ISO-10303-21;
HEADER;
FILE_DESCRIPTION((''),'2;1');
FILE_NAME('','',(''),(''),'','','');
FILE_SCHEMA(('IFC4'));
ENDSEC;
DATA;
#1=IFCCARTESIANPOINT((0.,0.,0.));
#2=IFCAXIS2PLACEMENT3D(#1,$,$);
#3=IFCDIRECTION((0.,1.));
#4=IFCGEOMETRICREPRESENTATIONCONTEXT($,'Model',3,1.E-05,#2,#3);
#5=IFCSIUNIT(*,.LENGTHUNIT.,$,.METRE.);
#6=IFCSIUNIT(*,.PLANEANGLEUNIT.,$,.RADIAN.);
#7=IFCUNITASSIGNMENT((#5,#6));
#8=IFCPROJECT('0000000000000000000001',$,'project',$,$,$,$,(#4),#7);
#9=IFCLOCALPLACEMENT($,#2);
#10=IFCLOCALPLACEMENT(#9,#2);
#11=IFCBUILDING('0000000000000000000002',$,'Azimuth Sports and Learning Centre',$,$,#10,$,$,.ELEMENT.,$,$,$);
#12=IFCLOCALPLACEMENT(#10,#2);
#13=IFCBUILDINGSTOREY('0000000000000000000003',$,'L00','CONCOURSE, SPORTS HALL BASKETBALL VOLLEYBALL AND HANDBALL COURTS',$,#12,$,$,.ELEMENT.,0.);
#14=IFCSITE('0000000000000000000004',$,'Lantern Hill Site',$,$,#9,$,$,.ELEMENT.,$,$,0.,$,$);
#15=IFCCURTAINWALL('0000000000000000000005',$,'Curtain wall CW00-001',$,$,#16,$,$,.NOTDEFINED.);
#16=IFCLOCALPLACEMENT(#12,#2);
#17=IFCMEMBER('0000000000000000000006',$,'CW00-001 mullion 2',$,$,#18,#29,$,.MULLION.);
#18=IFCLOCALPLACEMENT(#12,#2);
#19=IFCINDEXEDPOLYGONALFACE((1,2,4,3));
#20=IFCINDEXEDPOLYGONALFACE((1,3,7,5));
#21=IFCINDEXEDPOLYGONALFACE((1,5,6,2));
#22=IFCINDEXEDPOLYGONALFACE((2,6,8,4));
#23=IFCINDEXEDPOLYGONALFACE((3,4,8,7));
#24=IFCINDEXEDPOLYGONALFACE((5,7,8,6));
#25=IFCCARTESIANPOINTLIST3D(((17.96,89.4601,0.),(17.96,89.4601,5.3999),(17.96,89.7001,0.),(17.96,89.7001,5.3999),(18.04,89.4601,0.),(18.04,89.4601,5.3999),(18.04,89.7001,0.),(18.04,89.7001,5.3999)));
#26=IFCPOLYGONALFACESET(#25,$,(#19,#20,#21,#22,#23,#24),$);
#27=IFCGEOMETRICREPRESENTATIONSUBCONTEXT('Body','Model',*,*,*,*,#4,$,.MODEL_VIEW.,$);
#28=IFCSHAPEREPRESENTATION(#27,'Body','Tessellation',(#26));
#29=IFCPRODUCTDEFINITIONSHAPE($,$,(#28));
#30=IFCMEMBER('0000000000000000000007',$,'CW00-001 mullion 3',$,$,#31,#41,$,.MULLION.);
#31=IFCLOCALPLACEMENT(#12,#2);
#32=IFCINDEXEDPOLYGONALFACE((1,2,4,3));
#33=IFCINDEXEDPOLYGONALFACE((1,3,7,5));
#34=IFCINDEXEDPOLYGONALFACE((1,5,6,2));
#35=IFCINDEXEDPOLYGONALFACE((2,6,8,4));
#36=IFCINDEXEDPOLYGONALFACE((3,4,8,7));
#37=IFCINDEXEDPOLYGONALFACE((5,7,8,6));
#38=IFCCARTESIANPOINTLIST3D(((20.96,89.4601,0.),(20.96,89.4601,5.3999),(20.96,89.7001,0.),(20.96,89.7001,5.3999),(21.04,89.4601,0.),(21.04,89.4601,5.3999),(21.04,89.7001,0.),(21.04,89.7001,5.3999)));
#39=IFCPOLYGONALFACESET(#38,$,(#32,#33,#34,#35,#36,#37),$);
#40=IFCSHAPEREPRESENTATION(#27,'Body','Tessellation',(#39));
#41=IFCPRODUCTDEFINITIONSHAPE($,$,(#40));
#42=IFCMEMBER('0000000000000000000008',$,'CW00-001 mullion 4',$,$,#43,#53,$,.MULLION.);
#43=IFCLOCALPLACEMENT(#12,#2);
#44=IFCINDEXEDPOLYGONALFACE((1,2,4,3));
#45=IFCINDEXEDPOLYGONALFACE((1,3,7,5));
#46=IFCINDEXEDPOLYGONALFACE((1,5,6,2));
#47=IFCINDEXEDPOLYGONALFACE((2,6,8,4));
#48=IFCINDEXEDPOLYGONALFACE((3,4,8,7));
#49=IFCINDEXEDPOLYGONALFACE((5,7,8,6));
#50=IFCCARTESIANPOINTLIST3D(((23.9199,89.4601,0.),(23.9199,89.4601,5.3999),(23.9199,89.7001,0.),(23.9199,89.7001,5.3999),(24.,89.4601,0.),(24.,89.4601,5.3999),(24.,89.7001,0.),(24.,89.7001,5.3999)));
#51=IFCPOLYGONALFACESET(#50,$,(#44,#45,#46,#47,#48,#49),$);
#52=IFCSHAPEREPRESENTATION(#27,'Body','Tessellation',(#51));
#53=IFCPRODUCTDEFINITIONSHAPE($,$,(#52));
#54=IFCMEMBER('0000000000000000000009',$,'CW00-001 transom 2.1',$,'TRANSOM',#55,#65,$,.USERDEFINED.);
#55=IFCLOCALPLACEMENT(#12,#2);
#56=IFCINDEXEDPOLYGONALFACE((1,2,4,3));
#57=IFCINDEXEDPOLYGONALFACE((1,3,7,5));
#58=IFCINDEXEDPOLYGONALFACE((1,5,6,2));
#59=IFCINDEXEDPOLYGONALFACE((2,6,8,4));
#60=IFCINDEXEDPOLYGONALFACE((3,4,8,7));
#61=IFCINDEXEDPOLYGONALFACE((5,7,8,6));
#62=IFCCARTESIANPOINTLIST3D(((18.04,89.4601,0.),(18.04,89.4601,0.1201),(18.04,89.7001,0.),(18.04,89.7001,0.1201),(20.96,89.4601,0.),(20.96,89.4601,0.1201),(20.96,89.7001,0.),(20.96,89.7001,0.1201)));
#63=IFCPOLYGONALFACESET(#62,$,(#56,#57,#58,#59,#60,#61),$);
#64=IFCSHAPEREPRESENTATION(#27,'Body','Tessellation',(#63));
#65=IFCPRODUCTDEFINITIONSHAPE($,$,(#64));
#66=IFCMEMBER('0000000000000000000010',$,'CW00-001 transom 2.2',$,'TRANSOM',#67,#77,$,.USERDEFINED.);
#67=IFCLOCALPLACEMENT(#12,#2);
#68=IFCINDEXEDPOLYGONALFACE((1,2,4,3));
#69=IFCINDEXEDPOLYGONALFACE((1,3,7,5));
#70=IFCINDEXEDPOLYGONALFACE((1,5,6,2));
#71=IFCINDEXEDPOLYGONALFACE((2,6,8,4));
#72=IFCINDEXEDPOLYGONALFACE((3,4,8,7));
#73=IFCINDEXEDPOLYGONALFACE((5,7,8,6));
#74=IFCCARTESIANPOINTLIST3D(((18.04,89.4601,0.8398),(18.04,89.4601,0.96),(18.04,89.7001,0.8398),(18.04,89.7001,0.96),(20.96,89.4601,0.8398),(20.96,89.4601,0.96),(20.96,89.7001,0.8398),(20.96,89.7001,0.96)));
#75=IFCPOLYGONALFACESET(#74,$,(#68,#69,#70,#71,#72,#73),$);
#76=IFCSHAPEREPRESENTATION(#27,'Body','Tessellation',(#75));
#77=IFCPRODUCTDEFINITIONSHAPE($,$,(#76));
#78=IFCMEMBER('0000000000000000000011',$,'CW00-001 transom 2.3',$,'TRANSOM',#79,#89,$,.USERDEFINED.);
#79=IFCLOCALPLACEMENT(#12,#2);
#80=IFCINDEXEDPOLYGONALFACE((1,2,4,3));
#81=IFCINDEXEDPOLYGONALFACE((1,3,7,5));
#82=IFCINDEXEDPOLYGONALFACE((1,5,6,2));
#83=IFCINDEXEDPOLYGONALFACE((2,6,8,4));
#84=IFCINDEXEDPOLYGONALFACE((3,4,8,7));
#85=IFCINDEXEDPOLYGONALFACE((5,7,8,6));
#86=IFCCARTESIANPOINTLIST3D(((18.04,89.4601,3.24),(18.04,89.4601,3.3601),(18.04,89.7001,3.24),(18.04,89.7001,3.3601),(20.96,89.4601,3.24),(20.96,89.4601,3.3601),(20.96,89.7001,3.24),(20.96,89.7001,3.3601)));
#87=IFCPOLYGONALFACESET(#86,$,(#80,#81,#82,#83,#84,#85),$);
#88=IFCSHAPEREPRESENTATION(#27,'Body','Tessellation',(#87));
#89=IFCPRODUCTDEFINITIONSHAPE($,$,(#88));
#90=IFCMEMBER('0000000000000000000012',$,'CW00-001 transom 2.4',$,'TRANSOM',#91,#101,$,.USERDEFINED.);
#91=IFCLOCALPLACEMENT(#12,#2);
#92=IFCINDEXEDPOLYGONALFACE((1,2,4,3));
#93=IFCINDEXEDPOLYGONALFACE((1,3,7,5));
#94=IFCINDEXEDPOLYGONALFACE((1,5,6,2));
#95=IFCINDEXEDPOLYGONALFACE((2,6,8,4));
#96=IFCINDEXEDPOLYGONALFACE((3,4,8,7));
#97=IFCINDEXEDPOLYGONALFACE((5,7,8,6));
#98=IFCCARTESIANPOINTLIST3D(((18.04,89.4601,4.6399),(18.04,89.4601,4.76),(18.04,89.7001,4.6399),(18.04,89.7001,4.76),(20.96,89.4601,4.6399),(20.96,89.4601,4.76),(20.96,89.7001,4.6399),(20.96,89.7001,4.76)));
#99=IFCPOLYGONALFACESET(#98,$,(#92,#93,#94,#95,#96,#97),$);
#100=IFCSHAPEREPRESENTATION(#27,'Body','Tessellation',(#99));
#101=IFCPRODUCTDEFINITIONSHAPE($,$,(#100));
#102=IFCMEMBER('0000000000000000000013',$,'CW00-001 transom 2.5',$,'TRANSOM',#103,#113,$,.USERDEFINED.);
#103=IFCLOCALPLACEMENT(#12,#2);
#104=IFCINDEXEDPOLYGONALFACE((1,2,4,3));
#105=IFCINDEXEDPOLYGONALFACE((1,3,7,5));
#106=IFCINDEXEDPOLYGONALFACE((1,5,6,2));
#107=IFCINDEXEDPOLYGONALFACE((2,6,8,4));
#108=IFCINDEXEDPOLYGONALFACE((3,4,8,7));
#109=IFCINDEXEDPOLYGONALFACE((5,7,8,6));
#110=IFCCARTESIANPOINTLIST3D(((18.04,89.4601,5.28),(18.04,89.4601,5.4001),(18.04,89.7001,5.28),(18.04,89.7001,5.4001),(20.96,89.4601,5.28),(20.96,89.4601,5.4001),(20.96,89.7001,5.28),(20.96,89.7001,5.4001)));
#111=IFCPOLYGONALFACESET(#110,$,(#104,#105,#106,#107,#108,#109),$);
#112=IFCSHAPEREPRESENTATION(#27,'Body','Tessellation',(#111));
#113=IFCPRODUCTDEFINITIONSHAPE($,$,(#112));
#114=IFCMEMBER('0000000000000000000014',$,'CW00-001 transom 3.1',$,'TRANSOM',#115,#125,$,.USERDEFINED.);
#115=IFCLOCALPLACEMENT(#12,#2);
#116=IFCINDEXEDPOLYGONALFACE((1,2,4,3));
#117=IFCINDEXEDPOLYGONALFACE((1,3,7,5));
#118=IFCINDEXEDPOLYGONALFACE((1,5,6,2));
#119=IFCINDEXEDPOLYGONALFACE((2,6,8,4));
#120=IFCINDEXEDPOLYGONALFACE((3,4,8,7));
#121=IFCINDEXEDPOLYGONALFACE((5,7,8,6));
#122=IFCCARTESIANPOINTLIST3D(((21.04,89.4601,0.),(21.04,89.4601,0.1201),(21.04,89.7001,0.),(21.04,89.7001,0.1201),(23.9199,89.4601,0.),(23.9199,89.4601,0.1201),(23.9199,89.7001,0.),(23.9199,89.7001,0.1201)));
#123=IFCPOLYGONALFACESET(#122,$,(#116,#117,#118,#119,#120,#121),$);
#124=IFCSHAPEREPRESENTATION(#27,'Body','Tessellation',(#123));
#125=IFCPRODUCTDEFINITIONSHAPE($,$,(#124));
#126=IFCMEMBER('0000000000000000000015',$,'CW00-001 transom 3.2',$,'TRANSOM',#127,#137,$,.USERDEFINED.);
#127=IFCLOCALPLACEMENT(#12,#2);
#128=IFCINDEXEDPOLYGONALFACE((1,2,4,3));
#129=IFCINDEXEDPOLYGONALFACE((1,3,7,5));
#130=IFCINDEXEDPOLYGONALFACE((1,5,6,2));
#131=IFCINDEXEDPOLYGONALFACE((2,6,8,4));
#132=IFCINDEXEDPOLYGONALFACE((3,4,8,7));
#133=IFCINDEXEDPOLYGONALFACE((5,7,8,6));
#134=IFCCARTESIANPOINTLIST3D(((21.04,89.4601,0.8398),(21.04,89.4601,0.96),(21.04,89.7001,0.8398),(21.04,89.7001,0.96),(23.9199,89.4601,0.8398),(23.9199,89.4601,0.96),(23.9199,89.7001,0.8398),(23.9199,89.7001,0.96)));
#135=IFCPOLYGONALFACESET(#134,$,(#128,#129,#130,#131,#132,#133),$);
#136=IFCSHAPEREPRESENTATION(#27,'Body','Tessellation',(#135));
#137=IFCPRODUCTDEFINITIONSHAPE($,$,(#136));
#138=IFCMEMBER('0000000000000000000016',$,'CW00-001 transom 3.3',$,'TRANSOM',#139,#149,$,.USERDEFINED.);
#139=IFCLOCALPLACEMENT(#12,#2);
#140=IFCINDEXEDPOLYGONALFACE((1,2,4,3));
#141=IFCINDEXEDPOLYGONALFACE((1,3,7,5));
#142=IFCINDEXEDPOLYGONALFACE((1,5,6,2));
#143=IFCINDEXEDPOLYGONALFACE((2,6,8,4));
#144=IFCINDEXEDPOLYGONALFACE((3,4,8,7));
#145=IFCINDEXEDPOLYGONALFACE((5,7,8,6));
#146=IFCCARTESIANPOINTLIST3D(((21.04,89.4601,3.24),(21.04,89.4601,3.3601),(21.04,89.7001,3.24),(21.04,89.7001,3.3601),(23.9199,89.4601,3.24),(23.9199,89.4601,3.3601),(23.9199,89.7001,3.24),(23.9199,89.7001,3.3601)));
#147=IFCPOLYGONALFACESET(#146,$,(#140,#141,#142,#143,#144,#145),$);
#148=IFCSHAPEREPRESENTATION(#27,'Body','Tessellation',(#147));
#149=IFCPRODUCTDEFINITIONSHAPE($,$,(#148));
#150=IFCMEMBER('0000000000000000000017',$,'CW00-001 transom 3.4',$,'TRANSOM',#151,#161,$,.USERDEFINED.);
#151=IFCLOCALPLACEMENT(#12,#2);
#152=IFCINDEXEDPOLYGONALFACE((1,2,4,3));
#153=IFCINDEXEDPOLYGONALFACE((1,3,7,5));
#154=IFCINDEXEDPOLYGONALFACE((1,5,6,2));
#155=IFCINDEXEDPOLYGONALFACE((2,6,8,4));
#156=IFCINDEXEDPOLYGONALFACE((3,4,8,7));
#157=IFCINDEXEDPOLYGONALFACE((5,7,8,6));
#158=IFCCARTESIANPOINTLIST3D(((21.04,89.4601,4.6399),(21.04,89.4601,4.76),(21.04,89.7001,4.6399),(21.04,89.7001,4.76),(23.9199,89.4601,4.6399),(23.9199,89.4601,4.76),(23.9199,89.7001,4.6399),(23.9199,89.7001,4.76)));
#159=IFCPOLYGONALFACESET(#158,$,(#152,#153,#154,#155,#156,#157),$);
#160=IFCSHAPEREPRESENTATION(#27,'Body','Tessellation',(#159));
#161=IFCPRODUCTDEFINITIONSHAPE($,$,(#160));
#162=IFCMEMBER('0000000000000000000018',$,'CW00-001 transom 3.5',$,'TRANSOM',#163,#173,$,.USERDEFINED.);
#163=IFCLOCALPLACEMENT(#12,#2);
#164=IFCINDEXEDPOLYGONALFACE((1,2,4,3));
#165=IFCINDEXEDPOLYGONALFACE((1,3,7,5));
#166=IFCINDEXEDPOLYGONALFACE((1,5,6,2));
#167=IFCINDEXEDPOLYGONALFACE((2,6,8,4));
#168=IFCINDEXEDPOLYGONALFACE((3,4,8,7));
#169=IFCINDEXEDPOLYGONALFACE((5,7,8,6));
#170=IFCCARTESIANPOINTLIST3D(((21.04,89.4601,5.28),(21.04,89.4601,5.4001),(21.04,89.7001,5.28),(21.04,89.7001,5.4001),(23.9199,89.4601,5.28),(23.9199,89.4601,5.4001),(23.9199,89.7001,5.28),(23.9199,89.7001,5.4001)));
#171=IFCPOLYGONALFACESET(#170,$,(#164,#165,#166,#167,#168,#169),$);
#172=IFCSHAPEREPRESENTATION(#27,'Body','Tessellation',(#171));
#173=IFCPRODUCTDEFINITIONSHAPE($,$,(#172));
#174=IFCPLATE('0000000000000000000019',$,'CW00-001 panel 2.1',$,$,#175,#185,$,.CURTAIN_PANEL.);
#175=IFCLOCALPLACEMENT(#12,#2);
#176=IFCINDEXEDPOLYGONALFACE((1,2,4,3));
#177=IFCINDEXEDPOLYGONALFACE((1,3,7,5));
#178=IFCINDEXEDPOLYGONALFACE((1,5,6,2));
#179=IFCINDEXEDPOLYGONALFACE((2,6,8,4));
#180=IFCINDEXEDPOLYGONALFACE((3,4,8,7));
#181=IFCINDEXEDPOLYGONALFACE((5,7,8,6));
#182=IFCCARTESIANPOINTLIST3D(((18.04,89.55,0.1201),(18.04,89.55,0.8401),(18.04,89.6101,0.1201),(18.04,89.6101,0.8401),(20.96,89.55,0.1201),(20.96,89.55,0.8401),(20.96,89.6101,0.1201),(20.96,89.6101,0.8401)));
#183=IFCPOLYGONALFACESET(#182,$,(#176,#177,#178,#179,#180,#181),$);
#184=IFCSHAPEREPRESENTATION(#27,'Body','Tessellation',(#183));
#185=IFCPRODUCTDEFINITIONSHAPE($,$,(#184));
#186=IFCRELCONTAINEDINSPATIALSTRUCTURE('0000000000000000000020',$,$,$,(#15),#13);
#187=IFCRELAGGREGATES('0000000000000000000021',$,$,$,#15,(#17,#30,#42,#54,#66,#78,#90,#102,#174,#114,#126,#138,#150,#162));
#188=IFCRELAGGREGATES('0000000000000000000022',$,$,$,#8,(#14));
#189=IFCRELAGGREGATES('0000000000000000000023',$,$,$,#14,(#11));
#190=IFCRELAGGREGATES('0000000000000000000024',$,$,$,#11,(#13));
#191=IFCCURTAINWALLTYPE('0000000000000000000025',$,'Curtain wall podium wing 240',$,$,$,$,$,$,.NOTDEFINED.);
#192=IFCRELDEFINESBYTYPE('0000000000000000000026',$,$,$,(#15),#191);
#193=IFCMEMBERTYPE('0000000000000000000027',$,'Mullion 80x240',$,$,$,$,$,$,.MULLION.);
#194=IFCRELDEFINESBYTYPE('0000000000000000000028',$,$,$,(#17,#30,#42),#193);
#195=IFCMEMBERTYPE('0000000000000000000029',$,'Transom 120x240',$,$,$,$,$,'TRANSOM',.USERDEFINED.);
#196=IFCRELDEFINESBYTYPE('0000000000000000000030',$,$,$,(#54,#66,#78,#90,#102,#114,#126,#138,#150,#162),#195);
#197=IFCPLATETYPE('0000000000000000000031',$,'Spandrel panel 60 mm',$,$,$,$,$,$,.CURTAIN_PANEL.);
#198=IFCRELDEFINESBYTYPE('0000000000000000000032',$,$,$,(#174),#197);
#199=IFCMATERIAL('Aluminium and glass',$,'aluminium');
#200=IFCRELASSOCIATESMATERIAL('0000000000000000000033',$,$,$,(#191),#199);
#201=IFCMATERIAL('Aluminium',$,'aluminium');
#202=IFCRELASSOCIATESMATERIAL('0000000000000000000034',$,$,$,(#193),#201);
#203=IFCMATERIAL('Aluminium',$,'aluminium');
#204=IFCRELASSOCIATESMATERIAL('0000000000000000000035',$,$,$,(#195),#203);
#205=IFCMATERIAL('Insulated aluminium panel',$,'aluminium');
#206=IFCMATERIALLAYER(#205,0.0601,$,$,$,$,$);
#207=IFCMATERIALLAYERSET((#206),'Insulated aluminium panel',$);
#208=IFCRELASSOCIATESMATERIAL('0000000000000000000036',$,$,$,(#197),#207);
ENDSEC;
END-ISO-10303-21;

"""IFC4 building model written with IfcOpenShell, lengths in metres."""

from ifc_helpers import new_model, si_unit, direction, frame, origin, origin_2d, place, context, subcontext, project, spatial, rectangle, extrude, material, layer, layer_set, material_profile, profile_set, type_object, element, aggregate, save


model = new_model("IFC4")

# Units and contexts
model_context = context("Model", 3, precision=1e-05, world=origin(), true_north=direction((0.0, 1.0)))
body_context = subcontext(model_context, "Body", "Model", "MODEL_VIEW")
ifc_project = project(units=[si_unit("LENGTHUNIT", "METRE"), si_unit("PLANEANGLEUNIT", "RADIAN")], contexts=[model_context])

# Site, building, storey
site_placement = place(None, origin())
site = spatial("IfcSite", under=ifc_project, at=site_placement, Name="Lantern Hill Site", CompositionType="ELEMENT", RefElevation=0.0)
building_placement = place(site_placement, origin())
building = spatial("IfcBuilding", under=site, at=building_placement, Name="Azimuth Sports and Learning Centre", CompositionType="ELEMENT")
storey_placement = place(building_placement, origin())
storey = spatial("IfcBuildingStorey", under=building, at=storey_placement, Name="L00", Description="CONCOURSE, SPORTS HALL BASKETBALL VOLLEYBALL AND HANDBALL COURTS", CompositionType="ELEMENT", Elevation=0.0)

# Curtain wall, members, plate
ifc_material_1 = material(Name="Aluminium and glass", Category="aluminium")
curtain_wall_type = type_object("IfcCurtainWallType", Name="Curtain wall podium wing 240", PredefinedType="NOTDEFINED", material=ifc_material_1)
curtain_wall_placement = place(storey_placement, origin())
curtain_wall = element("IfcCurtainWall", 1, at=curtain_wall_placement, inside=storey, type_object=curtain_wall_type, Name="Curtain wall CW00-001", PredefinedType="NOTDEFINED")
ifc_material_2 = material(Name="Aluminium", Category="aluminium")
ifc_material_profile_1 = material_profile(ifc_material_2, rectangle(XDim=0.24, YDim=0.0801, at=origin_2d()), Name="Mullion 80x240")
ifc_profile_set_1 = profile_set([ifc_material_profile_1], Name="Aluminium")
member_type_1 = type_object("IfcMemberType", Name="Mullion 80x240", PredefinedType="MULLION", material=ifc_profile_set_1)
member_1_placement = place(storey_placement, frame((18.0, 89.5801, 0.0), z_axis=(0.0, 0.0, 1.0), x_axis=(0.0, 1.0, 0.0)))
member_1 = element("IfcMember", 2, at=member_1_placement, type_object=member_type_1, Name="CW00-001 mullion 2", PredefinedType="MULLION", context=body_context, shape_type="SweptSolid", body=[
    extrude(rectangle(XDim=0.24, YDim=0.0801, at=origin_2d()), origin(), (0.0, 0.0, 1.0), 5.3999),
])
member_2_placement = place(storey_placement, frame((21.0, 89.5801, 0.0), z_axis=(0.0, 0.0, 1.0), x_axis=(0.0, 1.0, 0.0)))
member_2 = element("IfcMember", 3, at=member_2_placement, type_object=member_type_1, Name="CW00-001 mullion 3", PredefinedType="MULLION", context=body_context, shape_type="SweptSolid", body=[
    extrude(rectangle(XDim=0.24, YDim=0.0801, at=origin_2d()), origin(), (0.0, 0.0, 1.0), 5.3999),
])
member_3_placement = place(storey_placement, frame((23.96, 89.5801, 0.0), z_axis=(0.0, 0.0, 1.0), x_axis=(0.0, 1.0, 0.0)))
member_3 = element("IfcMember", 4, at=member_3_placement, type_object=member_type_1, Name="CW00-001 mullion 4", PredefinedType="MULLION", context=body_context, shape_type="SweptSolid", body=[
    extrude(rectangle(XDim=0.24, YDim=0.0801, at=origin_2d()), origin(), (0.0, 0.0, 1.0), 5.3999),
])
ifc_material_3 = material(Name="Aluminium", Category="aluminium")
ifc_material_profile_2 = material_profile(ifc_material_3, rectangle(XDim=0.24, YDim=0.1201, at=origin_2d()), Name="Transom 120x240")
ifc_profile_set_2 = profile_set([ifc_material_profile_2], Name="Aluminium")
member_type_2 = type_object("IfcMemberType", Name="Transom 120x240", ElementType="TRANSOM", PredefinedType="USERDEFINED", material=ifc_profile_set_2)
member_4_placement = place(storey_placement, frame((18.04, 89.5801, 0.0601), z_axis=(1.0, 0.0, 0.0), x_axis=(0.0, 1.0, 0.0)))
member_4 = element("IfcMember", 5, at=member_4_placement, type_object=member_type_2, Name="CW00-001 transom 2.1", ObjectType="TRANSOM", PredefinedType="USERDEFINED", context=body_context, shape_type="SweptSolid", body=[
    extrude(rectangle(XDim=0.24, YDim=0.1201, at=origin_2d()), origin(), (0.0, 0.0, 1.0), 2.9199),
])
member_5_placement = place(storey_placement, frame((18.04, 89.5801, 0.8999), z_axis=(1.0, 0.0, 0.0), x_axis=(0.0, 1.0, 0.0)))
member_5 = element("IfcMember", 6, at=member_5_placement, type_object=member_type_2, Name="CW00-001 transom 2.2", ObjectType="TRANSOM", PredefinedType="USERDEFINED", context=body_context, shape_type="SweptSolid", body=[
    extrude(rectangle(XDim=0.24, YDim=0.1201, at=origin_2d()), origin(), (0.0, 0.0, 1.0), 2.9199),
])
member_6_placement = place(storey_placement, frame((18.04, 89.5801, 3.3), z_axis=(1.0, 0.0, 0.0), x_axis=(0.0, 1.0, 0.0)))
member_6 = element("IfcMember", 7, at=member_6_placement, type_object=member_type_2, Name="CW00-001 transom 2.3", ObjectType="TRANSOM", PredefinedType="USERDEFINED", context=body_context, shape_type="SweptSolid", body=[
    extrude(rectangle(XDim=0.24, YDim=0.1201, at=origin_2d()), origin(), (0.0, 0.0, 1.0), 2.9199),
])
member_7_placement = place(storey_placement, frame((18.04, 89.5801, 4.7), z_axis=(1.0, 0.0, 0.0), x_axis=(0.0, 1.0, 0.0)))
member_7 = element("IfcMember", 8, at=member_7_placement, type_object=member_type_2, Name="CW00-001 transom 2.4", ObjectType="TRANSOM", PredefinedType="USERDEFINED", context=body_context, shape_type="SweptSolid", body=[
    extrude(rectangle(XDim=0.24, YDim=0.1201, at=origin_2d()), origin(), (0.0, 0.0, 1.0), 2.9199),
])
member_8_placement = place(storey_placement, frame((18.04, 89.5801, 5.3401), z_axis=(1.0, 0.0, 0.0), x_axis=(0.0, 1.0, 0.0)))
member_8 = element("IfcMember", 9, at=member_8_placement, type_object=member_type_2, Name="CW00-001 transom 2.5", ObjectType="TRANSOM", PredefinedType="USERDEFINED", context=body_context, shape_type="SweptSolid", body=[
    extrude(rectangle(XDim=0.24, YDim=0.1201, at=origin_2d()), origin(), (0.0, 0.0, 1.0), 2.9199),
])
member_9_placement = place(storey_placement, frame((21.04, 89.5801, 0.0601), z_axis=(1.0, 0.0, 0.0), x_axis=(0.0, 1.0, 0.0)))
member_9 = element("IfcMember", 10, at=member_9_placement, type_object=member_type_2, Name="CW00-001 transom 3.1", ObjectType="TRANSOM", PredefinedType="USERDEFINED", context=body_context, shape_type="SweptSolid", body=[
    extrude(rectangle(XDim=0.24, YDim=0.1201, at=origin_2d()), origin(), (0.0, 0.0, 1.0), 2.8799),
])
member_10_placement = place(storey_placement, frame((21.04, 89.5801, 0.8999), z_axis=(1.0, 0.0, 0.0), x_axis=(0.0, 1.0, 0.0)))
member_10 = element("IfcMember", 11, at=member_10_placement, type_object=member_type_2, Name="CW00-001 transom 3.2", ObjectType="TRANSOM", PredefinedType="USERDEFINED", context=body_context, shape_type="SweptSolid", body=[
    extrude(rectangle(XDim=0.24, YDim=0.1201, at=origin_2d()), origin(), (0.0, 0.0, 1.0), 2.8799),
])
member_11_placement = place(storey_placement, frame((21.04, 89.5801, 3.3), z_axis=(1.0, 0.0, 0.0), x_axis=(0.0, 1.0, 0.0)))
member_11 = element("IfcMember", 12, at=member_11_placement, type_object=member_type_2, Name="CW00-001 transom 3.3", ObjectType="TRANSOM", PredefinedType="USERDEFINED", context=body_context, shape_type="SweptSolid", body=[
    extrude(rectangle(XDim=0.24, YDim=0.1201, at=origin_2d()), origin(), (0.0, 0.0, 1.0), 2.8799),
])
member_12_placement = place(storey_placement, frame((21.04, 89.5801, 4.7), z_axis=(1.0, 0.0, 0.0), x_axis=(0.0, 1.0, 0.0)))
member_12 = element("IfcMember", 13, at=member_12_placement, type_object=member_type_2, Name="CW00-001 transom 3.4", ObjectType="TRANSOM", PredefinedType="USERDEFINED", context=body_context, shape_type="SweptSolid", body=[
    extrude(rectangle(XDim=0.24, YDim=0.1201, at=origin_2d()), origin(), (0.0, 0.0, 1.0), 2.8799),
])
member_13_placement = place(storey_placement, frame((21.04, 89.5801, 5.3401), z_axis=(1.0, 0.0, 0.0), x_axis=(0.0, 1.0, 0.0)))
member_13 = element("IfcMember", 14, at=member_13_placement, type_object=member_type_2, Name="CW00-001 transom 3.5", ObjectType="TRANSOM", PredefinedType="USERDEFINED", context=body_context, shape_type="SweptSolid", body=[
    extrude(rectangle(XDim=0.24, YDim=0.1201, at=origin_2d()), origin(), (0.0, 0.0, 1.0), 2.8799),
])
ifc_material_4 = material(Name="Insulated aluminium panel", Category="aluminium")
ifc_layer_1 = layer(ifc_material_4, 0.0601)
ifc_layer_set_1 = layer_set([ifc_layer_1], Name="Insulated aluminium panel")
plate_type_1 = type_object("IfcPlateType", Name="Spandrel panel 60 mm", PredefinedType="CURTAIN_PANEL", material=ifc_layer_set_1)
plate_1_placement = place(storey_placement, frame((19.5, 89.5801, 0.1201), z_axis=(0.0, 0.0, 1.0), x_axis=(1.0, 0.0, 0.0)))
plate_1 = element("IfcPlate", 15, at=plate_1_placement, type_object=plate_type_1, Name="CW00-001 panel 2.1", PredefinedType="CURTAIN_PANEL", context=body_context, shape_type="SweptSolid", body=[
    extrude(rectangle(XDim=2.9199, YDim=0.0601, at=origin_2d()), origin(), (0.0, 0.0, 1.0), 0.72),
])
aggregate(curtain_wall, [member_1, member_2, member_3, member_4, member_5, member_6, member_7, member_8, plate_1, member_9, member_10, member_11, member_12, member_13])

save(model, "model.ifc")
